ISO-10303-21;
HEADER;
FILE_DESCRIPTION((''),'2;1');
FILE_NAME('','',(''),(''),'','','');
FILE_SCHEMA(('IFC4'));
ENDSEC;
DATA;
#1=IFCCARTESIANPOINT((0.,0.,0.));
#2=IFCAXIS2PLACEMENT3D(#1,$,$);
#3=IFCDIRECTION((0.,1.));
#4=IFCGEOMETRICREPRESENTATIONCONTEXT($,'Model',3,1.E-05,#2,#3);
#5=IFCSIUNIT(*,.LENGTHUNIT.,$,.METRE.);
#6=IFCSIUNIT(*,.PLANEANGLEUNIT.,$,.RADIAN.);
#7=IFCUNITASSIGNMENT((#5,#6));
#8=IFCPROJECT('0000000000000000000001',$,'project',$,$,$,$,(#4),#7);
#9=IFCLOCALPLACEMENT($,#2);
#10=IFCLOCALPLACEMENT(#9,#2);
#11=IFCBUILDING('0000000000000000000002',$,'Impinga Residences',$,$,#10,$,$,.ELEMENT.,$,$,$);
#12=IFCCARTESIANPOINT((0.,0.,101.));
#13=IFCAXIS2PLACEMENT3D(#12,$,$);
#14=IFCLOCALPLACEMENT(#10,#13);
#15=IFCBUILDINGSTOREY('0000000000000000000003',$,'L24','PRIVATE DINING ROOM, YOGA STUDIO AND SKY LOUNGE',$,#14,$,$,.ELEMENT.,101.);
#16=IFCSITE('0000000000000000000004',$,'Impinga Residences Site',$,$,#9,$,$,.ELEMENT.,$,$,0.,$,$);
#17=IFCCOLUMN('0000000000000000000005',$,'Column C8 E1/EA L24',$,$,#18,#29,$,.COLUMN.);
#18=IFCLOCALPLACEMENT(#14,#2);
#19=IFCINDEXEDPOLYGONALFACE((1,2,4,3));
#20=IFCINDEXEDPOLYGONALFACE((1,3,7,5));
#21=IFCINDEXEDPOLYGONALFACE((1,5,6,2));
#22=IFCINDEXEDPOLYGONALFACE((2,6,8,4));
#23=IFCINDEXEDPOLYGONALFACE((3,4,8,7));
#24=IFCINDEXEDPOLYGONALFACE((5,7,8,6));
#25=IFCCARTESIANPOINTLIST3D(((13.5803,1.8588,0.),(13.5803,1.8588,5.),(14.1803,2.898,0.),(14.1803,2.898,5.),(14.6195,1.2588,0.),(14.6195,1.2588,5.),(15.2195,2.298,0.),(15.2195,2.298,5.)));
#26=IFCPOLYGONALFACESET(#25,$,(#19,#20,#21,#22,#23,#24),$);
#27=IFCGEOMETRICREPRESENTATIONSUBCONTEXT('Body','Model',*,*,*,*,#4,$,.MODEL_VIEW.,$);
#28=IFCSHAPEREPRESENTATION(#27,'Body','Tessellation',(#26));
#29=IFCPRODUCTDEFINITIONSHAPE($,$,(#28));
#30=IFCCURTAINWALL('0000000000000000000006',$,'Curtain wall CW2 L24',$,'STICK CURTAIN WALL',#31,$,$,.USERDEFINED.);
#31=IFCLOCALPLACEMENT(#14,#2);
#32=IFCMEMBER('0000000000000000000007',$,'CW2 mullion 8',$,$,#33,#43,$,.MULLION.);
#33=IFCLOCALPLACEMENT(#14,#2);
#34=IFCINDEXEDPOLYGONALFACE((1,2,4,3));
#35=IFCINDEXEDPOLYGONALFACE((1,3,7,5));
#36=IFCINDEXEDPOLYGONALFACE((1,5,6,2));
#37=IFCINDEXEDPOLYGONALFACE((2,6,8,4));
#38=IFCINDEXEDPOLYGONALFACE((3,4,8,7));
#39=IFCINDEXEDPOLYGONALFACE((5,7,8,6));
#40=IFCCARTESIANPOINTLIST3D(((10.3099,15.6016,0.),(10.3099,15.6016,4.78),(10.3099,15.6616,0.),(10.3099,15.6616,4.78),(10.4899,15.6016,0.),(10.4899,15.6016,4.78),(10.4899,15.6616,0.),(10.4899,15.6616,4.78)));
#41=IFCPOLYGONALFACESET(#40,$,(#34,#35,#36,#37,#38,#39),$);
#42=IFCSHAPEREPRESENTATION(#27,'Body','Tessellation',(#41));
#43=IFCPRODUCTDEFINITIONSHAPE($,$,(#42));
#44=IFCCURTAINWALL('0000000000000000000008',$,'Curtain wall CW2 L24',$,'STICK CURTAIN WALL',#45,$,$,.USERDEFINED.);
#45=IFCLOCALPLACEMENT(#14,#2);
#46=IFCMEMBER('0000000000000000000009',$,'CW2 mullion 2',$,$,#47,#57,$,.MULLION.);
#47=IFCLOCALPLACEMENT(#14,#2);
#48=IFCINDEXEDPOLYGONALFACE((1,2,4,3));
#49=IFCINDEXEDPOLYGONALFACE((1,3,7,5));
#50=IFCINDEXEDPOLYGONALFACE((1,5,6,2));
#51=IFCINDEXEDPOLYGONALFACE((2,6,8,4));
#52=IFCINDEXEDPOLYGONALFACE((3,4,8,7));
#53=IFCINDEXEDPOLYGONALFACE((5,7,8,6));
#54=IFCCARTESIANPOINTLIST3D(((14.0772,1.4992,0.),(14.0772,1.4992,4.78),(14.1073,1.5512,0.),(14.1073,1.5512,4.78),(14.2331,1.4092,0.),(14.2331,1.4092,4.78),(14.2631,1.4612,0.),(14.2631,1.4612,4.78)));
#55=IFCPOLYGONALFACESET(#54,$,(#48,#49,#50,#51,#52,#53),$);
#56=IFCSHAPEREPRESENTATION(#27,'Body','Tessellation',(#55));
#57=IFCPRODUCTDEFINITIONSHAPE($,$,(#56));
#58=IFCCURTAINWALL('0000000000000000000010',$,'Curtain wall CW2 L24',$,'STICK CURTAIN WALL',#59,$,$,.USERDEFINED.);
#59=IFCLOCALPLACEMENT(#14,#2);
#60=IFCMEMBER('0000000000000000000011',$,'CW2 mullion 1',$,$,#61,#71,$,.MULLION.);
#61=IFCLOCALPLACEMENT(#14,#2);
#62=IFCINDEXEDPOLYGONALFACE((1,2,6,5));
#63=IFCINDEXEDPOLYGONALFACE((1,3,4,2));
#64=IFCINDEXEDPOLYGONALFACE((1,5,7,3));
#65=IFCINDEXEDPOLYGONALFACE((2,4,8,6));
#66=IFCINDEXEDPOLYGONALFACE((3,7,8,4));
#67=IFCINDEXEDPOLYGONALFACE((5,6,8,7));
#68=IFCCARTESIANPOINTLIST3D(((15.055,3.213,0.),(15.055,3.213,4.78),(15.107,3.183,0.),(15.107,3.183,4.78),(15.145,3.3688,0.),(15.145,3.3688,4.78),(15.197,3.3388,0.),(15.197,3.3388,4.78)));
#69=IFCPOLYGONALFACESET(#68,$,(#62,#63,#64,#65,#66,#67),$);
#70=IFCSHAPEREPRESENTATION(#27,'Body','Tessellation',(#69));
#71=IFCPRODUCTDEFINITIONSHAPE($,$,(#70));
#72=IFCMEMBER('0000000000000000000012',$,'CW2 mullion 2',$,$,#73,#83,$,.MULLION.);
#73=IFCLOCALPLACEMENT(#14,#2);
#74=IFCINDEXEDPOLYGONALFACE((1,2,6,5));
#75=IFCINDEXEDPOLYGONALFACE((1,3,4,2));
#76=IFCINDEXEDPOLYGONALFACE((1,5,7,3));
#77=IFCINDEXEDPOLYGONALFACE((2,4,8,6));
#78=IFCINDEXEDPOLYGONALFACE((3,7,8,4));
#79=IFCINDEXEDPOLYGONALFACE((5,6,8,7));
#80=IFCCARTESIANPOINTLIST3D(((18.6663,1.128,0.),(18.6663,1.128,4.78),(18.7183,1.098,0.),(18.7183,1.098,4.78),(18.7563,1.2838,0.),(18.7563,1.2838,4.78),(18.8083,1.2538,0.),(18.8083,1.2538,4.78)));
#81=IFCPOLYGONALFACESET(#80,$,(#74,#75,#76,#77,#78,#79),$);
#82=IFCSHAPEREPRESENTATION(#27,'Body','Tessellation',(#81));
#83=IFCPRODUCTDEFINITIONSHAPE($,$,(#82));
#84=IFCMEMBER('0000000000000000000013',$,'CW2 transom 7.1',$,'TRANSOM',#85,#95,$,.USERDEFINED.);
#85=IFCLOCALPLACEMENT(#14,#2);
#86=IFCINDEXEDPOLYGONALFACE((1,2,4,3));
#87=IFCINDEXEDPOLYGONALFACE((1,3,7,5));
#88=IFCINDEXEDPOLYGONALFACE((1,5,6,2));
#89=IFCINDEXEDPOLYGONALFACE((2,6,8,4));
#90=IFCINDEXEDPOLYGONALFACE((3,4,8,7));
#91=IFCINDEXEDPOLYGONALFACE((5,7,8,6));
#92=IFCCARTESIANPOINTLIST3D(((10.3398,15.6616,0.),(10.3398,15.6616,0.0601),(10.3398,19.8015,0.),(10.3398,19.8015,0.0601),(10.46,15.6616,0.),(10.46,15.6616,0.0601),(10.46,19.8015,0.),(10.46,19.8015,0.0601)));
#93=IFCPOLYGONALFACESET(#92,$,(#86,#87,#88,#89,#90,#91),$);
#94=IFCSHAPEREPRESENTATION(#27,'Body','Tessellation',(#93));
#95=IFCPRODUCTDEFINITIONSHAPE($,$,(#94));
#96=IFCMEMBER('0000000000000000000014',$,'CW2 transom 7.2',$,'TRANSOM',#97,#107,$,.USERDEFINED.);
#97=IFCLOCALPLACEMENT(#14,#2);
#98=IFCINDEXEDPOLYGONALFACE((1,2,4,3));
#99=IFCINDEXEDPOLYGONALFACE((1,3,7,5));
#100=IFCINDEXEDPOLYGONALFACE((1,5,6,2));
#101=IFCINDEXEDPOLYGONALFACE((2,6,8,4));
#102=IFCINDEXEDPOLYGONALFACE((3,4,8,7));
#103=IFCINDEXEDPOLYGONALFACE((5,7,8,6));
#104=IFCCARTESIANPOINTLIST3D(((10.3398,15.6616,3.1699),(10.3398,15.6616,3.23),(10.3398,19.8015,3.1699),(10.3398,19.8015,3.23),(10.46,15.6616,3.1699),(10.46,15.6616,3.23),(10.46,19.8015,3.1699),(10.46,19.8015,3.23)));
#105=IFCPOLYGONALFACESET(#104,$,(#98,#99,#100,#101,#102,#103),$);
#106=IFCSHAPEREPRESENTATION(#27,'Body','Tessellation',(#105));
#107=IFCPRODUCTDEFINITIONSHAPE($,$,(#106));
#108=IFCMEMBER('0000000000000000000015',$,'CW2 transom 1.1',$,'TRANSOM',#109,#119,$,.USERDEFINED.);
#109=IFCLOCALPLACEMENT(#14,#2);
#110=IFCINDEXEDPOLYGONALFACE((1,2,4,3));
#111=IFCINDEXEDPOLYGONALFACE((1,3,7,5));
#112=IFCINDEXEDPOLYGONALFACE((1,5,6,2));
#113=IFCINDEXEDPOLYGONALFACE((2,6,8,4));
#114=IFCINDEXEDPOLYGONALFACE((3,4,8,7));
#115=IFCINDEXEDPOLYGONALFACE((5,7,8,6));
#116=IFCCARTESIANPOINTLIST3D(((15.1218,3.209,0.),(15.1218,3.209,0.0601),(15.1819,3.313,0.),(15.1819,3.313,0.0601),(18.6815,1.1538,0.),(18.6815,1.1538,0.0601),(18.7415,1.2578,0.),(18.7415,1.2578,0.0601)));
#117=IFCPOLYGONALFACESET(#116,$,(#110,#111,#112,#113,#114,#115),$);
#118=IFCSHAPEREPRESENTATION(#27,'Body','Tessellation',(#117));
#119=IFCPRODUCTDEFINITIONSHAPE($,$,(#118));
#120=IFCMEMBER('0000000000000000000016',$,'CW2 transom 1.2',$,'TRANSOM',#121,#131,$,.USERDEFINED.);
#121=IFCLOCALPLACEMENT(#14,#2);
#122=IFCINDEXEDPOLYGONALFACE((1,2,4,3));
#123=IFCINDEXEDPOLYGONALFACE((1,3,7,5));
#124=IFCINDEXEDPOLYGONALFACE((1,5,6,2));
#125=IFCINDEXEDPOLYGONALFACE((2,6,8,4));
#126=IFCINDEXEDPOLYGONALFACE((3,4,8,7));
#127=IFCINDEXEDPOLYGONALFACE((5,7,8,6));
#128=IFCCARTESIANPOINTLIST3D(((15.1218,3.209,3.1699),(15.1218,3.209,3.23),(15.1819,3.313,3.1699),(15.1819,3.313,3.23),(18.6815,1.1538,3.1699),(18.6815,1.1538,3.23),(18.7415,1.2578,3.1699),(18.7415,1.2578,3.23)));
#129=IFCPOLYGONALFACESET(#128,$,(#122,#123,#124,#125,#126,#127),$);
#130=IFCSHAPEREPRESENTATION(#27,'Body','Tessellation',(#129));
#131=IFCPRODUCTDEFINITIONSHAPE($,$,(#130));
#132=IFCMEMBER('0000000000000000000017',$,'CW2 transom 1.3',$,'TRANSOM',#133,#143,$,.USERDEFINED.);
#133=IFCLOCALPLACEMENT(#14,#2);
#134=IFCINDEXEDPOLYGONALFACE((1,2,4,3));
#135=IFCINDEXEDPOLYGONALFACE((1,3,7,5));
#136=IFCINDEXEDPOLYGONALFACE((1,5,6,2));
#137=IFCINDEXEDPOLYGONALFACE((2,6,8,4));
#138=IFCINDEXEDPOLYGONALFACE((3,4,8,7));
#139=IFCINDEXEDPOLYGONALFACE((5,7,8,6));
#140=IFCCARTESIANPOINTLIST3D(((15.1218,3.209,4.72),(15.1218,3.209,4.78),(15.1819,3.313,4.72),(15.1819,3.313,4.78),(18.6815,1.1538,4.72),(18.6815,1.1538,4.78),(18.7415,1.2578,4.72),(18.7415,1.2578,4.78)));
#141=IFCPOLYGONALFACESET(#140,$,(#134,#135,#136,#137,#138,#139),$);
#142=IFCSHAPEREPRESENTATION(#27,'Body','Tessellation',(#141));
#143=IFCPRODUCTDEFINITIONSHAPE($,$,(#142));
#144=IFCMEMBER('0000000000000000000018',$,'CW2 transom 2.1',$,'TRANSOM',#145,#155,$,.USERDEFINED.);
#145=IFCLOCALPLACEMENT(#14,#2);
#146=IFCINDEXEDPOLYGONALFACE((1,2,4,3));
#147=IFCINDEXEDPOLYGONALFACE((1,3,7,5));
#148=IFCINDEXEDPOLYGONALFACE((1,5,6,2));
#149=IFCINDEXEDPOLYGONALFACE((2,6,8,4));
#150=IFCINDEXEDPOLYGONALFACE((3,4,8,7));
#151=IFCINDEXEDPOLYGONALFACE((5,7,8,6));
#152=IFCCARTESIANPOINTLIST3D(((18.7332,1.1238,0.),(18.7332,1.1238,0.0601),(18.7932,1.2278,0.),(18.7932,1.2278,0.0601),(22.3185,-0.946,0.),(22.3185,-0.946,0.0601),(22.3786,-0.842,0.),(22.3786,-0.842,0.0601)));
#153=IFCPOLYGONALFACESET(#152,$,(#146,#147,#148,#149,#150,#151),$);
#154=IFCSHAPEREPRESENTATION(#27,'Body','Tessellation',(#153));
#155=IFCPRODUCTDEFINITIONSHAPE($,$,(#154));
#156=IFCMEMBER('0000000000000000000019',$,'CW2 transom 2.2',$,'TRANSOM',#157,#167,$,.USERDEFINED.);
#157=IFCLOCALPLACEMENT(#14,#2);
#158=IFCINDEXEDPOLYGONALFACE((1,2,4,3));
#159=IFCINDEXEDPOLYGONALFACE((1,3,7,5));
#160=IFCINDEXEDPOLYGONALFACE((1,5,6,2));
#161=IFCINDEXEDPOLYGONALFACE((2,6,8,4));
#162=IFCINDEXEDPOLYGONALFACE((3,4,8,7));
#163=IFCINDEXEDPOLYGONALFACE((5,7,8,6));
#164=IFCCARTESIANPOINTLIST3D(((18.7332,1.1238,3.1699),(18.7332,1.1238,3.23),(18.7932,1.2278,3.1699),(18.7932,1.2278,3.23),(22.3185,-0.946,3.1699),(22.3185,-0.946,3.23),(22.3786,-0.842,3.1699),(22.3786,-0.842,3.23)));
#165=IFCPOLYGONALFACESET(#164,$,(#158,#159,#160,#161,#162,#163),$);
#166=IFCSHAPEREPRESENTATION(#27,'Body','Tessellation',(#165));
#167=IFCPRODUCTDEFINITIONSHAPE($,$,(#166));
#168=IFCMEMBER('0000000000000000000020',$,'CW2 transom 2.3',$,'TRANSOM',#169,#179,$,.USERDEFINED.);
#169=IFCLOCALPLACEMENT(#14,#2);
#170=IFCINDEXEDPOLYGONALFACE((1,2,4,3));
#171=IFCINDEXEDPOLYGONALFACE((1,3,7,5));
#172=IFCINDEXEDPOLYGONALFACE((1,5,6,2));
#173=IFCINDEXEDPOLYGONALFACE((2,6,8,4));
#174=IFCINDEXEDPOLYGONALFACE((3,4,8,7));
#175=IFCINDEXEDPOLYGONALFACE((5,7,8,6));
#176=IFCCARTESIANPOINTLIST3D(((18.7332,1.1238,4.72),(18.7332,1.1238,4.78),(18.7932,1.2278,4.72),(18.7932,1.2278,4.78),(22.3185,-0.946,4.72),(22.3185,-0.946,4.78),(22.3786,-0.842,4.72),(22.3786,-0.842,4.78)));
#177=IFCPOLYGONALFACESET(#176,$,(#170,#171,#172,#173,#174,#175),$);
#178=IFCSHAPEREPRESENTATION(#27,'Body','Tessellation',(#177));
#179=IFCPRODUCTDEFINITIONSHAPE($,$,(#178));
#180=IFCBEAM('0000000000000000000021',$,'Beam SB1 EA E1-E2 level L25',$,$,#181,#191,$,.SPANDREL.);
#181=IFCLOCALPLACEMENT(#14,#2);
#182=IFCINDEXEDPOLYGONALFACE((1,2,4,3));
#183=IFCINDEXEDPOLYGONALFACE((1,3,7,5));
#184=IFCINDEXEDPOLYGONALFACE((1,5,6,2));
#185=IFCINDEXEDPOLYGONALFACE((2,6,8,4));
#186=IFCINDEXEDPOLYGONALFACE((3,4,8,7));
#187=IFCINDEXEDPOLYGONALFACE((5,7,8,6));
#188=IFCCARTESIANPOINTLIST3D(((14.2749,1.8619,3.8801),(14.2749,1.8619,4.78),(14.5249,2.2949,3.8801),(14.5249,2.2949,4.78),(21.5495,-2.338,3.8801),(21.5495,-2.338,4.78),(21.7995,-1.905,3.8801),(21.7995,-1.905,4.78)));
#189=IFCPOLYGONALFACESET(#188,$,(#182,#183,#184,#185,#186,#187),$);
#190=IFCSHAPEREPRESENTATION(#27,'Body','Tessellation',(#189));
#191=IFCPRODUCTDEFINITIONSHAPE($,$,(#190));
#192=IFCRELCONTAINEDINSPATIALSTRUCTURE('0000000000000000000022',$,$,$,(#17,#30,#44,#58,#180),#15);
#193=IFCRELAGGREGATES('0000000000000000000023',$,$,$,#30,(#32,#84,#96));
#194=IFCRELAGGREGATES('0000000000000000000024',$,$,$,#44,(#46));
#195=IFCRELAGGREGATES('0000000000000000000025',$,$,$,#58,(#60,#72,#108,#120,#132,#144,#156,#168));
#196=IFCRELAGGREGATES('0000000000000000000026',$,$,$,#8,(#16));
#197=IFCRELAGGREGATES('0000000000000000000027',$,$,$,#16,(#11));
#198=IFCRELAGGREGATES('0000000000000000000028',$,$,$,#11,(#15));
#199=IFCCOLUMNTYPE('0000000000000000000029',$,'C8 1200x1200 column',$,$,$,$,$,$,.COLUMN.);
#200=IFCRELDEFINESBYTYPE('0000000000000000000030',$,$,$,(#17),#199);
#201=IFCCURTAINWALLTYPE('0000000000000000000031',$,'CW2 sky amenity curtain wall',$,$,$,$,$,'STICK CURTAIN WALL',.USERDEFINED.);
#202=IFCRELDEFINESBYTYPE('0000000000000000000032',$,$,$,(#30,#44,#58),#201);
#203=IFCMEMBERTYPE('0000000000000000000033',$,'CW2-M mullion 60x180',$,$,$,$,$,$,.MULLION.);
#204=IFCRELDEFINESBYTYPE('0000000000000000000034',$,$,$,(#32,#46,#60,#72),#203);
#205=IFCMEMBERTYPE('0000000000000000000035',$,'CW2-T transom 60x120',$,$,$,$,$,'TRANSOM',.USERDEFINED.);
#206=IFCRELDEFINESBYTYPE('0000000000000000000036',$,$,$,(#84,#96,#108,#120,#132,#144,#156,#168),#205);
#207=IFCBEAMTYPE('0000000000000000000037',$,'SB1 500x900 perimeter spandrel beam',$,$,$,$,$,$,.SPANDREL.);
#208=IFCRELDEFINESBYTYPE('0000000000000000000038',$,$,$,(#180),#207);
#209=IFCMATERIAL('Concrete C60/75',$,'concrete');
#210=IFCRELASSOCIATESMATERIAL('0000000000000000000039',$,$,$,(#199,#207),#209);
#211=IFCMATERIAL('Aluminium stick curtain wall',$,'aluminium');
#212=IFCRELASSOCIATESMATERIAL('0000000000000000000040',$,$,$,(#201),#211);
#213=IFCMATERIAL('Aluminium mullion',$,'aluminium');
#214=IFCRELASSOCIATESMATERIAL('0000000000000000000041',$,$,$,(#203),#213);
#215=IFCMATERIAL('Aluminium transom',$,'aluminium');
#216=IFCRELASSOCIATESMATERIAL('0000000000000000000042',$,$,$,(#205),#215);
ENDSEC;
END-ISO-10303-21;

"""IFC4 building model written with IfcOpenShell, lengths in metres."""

from ifc_helpers import new_model, si_unit, direction, frame, origin, origin_2d, place, context, subcontext, project, spatial, rectangle, extrude, material, material_profile, profile_set, type_object, element, aggregate, save


model = new_model("IFC4")

# Units and contexts
model_context = context("Model", 3, precision=1e-05, world=origin(), true_north=direction((0.0, 1.0)))
body_context = subcontext(model_context, "Body", "Model", "MODEL_VIEW")
ifc_project = project(units=[si_unit("LENGTHUNIT", "METRE"), si_unit("PLANEANGLEUNIT", "RADIAN")], contexts=[model_context])

# Site, building, storey
site_placement = place(None, origin())
site = spatial("IfcSite", under=ifc_project, at=site_placement, Name="Impinga Residences Site", CompositionType="ELEMENT", RefElevation=0.0)
building_placement = place(site_placement, origin())
building = spatial("IfcBuilding", under=site, at=building_placement, Name="Impinga Residences", CompositionType="ELEMENT")
storey_placement = place(building_placement, frame((0.0, 0.0, 101.0)))
storey = spatial("IfcBuildingStorey", under=building, at=storey_placement, Name="L24", Description="PRIVATE DINING ROOM, YOGA STUDIO AND SKY LOUNGE", CompositionType="ELEMENT", Elevation=101.0)

# Column
ifc_material_1 = material(Name="Concrete C60/75", Category="concrete")
ifc_material_profile_1 = material_profile(ifc_material_1, rectangle(XDim=1.2, YDim=1.2, at=origin_2d()), Name="RC 1200x1200")
ifc_profile_set_1 = profile_set([ifc_material_profile_1], Name="Concrete C60/75")
column_type = type_object("IfcColumnType", Name="C8 1200x1200 column", PredefinedType="COLUMN", material=ifc_profile_set_1)
column_placement = place(storey_placement, frame((14.3999, 2.0784, 0.0), z_axis=(0.0, 0.0, 1.0), x_axis=(-0.5, -0.866025, 0.0)))
element("IfcColumn", 1, at=column_placement, inside=storey, type_object=column_type, Name="Column C8 E1/EA L24", PredefinedType="COLUMN", context=body_context, shape_type="SweptSolid", body=[
    extrude(rectangle(XDim=1.2, YDim=1.2, at=origin_2d()), origin(), (0.0, 0.0, 1.0), 5.0),
])

# Curtain walls, members
ifc_material_2 = material(Name="Aluminium stick curtain wall", Category="aluminium")
curtain_wall_type = type_object("IfcCurtainWallType", Name="CW2 sky amenity curtain wall", ElementType="STICK CURTAIN WALL", PredefinedType="USERDEFINED", material=ifc_material_2)
curtain_wall_1_placement = place(storey_placement, origin())
curtain_wall_1 = element("IfcCurtainWall", 2, at=curtain_wall_1_placement, inside=storey, type_object=curtain_wall_type, Name="Curtain wall CW2 L24", ObjectType="STICK CURTAIN WALL", PredefinedType="USERDEFINED")
ifc_material_3 = material(Name="Aluminium mullion", Category="aluminium")
ifc_material_profile_2 = material_profile(ifc_material_3, rectangle(XDim=0.0601, YDim=0.1799, at=origin_2d()), Name="60x180 mullion")
ifc_profile_set_2 = profile_set([ifc_material_profile_2], Name="Aluminium mullion")
member_type_1 = type_object("IfcMemberType", Name="CW2-M mullion 60x180", PredefinedType="MULLION", material=ifc_profile_set_2)
member_1_placement = place(storey_placement, frame((10.3999, 15.6316, 0.0), z_axis=(0.0, 0.0, 1.0), x_axis=(0.0, -1.0, 0.0)))
member_1 = element("IfcMember", 3, at=member_1_placement, type_object=member_type_1, Name="CW2 mullion 8", PredefinedType="MULLION", context=body_context, shape_type="SweptSolid", body=[
    extrude(rectangle(XDim=0.0601, YDim=0.1799, at=origin_2d()), origin(), (0.0, 0.0, 1.0), 4.78),
])
curtain_wall_2_placement = place(storey_placement, origin())
curtain_wall_2 = element("IfcCurtainWall", 4, at=curtain_wall_2_placement, inside=storey, type_object=curtain_wall_type, Name="Curtain wall CW2 L24", ObjectType="STICK CURTAIN WALL", PredefinedType="USERDEFINED")
member_2_placement = place(storey_placement, frame((14.1702, 1.4802, 0.0), z_axis=(0.0, 0.0, 1.0), x_axis=(0.5, 0.866025, 0.0)))
member_2 = element("IfcMember", 5, at=member_2_placement, type_object=member_type_1, Name="CW2 mullion 2", PredefinedType="MULLION", context=body_context, shape_type="SweptSolid", body=[
    extrude(rectangle(XDim=0.0601, YDim=0.1799, at=origin_2d()), origin(), (0.0, 0.0, 1.0), 4.78),
])

# Curtain wall, members
curtain_wall_3_placement = place(storey_placement, origin())
curtain_wall_3 = element("IfcCurtainWall", 6, at=curtain_wall_3_placement, inside=storey, type_object=curtain_wall_type, Name="Curtain wall CW2 L24", ObjectType="STICK CURTAIN WALL", PredefinedType="USERDEFINED")
member_3_placement = place(storey_placement, frame((15.126, 3.2759, 0.0), z_axis=(0.0, 0.0, 1.0), x_axis=(0.866025, -0.5, 0.0)))
member_3 = element("IfcMember", 7, at=member_3_placement, type_object=member_type_1, Name="CW2 mullion 1", PredefinedType="MULLION", context=body_context, shape_type="SweptSolid", body=[
    extrude(rectangle(XDim=0.0601, YDim=0.1799, at=origin_2d()), origin(), (0.0, 0.0, 1.0), 4.78),
])
member_4_placement = place(storey_placement, frame((18.7373, 1.1909, 0.0), z_axis=(0.0, 0.0, 1.0), x_axis=(0.866025, -0.5, 0.0)))
member_4 = element("IfcMember", 8, at=member_4_placement, type_object=member_type_1, Name="CW2 mullion 2", PredefinedType="MULLION", context=body_context, shape_type="SweptSolid", body=[
    extrude(rectangle(XDim=0.0601, YDim=0.1799, at=origin_2d()), origin(), (0.0, 0.0, 1.0), 4.78),
])

# Members
ifc_material_4 = material(Name="Aluminium transom", Category="aluminium")
ifc_material_profile_3 = material_profile(ifc_material_4, rectangle(XDim=0.0601, YDim=0.1201, at=origin_2d()), Name="60x120 transom")
ifc_profile_set_3 = profile_set([ifc_material_profile_3], Name="Aluminium transom")
member_type_2 = type_object("IfcMemberType", Name="CW2-T transom 60x120", ElementType="TRANSOM", PredefinedType="USERDEFINED", material=ifc_profile_set_3)
member_5_placement = place(storey_placement, frame((10.3999, 19.8015, 0.03), z_axis=(0.0, -1.0, 0.0), x_axis=(0.0, 0.0, 1.0)))
member_5 = element("IfcMember", 9, at=member_5_placement, type_object=member_type_2, Name="CW2 transom 7.1", ObjectType="TRANSOM", PredefinedType="USERDEFINED", context=body_context, shape_type="SweptSolid", body=[
    extrude(rectangle(XDim=0.0601, YDim=0.1201, at=origin_2d()), origin(), (0.0, 0.0, 1.0), 4.1399),
])
member_6_placement = place(storey_placement, frame((10.3999, 19.8015, 3.2), z_axis=(0.0, -1.0, 0.0), x_axis=(0.0, 0.0, 1.0)))
member_6 = element("IfcMember", 10, at=member_6_placement, type_object=member_type_2, Name="CW2 transom 7.2", ObjectType="TRANSOM", PredefinedType="USERDEFINED", context=body_context, shape_type="SweptSolid", body=[
    extrude(rectangle(XDim=0.0601, YDim=0.1201, at=origin_2d()), origin(), (0.0, 0.0, 1.0), 4.1399),
])
member_7_placement = place(storey_placement, frame((15.1519, 3.261, 0.03), z_axis=(0.866019, -0.50001, 0.0), x_axis=(0.0, 0.0, 1.0)))
member_7 = element("IfcMember", 11, at=member_7_placement, type_object=member_type_2, Name="CW2 transom 1.1", ObjectType="TRANSOM", PredefinedType="USERDEFINED", context=body_context, shape_type="SweptSolid", body=[
    extrude(rectangle(XDim=0.0601, YDim=0.1201, at=origin_2d()), origin(), (0.0, 0.0, 1.0), 4.1104),
])
member_8_placement = place(storey_placement, frame((15.1519, 3.261, 3.2), z_axis=(0.866019, -0.50001, 0.0), x_axis=(0.0, 0.0, 1.0)))
member_8 = element("IfcMember", 12, at=member_8_placement, type_object=member_type_2, Name="CW2 transom 1.2", ObjectType="TRANSOM", PredefinedType="USERDEFINED", context=body_context, shape_type="SweptSolid", body=[
    extrude(rectangle(XDim=0.0601, YDim=0.1201, at=origin_2d()), origin(), (0.0, 0.0, 1.0), 4.1104),
])
member_9_placement = place(storey_placement, frame((15.1519, 3.261, 4.75), z_axis=(0.866019, -0.50001, 0.0), x_axis=(0.0, 0.0, 1.0)))
member_9 = element("IfcMember", 13, at=member_9_placement, type_object=member_type_2, Name="CW2 transom 1.3", ObjectType="TRANSOM", PredefinedType="USERDEFINED", context=body_context, shape_type="SweptSolid", body=[
    extrude(rectangle(XDim=0.0601, YDim=0.1201, at=origin_2d()), origin(), (0.0, 0.0, 1.0), 4.1104),
])
member_10_placement = place(storey_placement, frame((18.7632, 1.1758, 0.03), z_axis=(0.86605, -0.499957, 0.0), x_axis=(0.0, 0.0, 1.0)))
member_10 = element("IfcMember", 14, at=member_10_placement, type_object=member_type_2, Name="CW2 transom 2.1", ObjectType="TRANSOM", PredefinedType="USERDEFINED", context=body_context, shape_type="SweptSolid", body=[
    extrude(rectangle(XDim=0.0601, YDim=0.1201, at=origin_2d()), origin(), (0.0, 0.0, 1.0), 4.1399),
])
member_11_placement = place(storey_placement, frame((18.7632, 1.1758, 3.2), z_axis=(0.86605, -0.499957, 0.0), x_axis=(0.0, 0.0, 1.0)))
member_11 = element("IfcMember", 15, at=member_11_placement, type_object=member_type_2, Name="CW2 transom 2.2", ObjectType="TRANSOM", PredefinedType="USERDEFINED", context=body_context, shape_type="SweptSolid", body=[
    extrude(rectangle(XDim=0.0601, YDim=0.1201, at=origin_2d()), origin(), (0.0, 0.0, 1.0), 4.1399),
])
member_12_placement = place(storey_placement, frame((18.7632, 1.1758, 4.75), z_axis=(0.86605, -0.499957, 0.0), x_axis=(0.0, 0.0, 1.0)))
member_12 = element("IfcMember", 16, at=member_12_placement, type_object=member_type_2, Name="CW2 transom 2.3", ObjectType="TRANSOM", PredefinedType="USERDEFINED", context=body_context, shape_type="SweptSolid", body=[
    extrude(rectangle(XDim=0.0601, YDim=0.1201, at=origin_2d()), origin(), (0.0, 0.0, 1.0), 4.1399),
])

# Beam
ifc_material_profile_4 = material_profile(ifc_material_1, rectangle(XDim=0.5, YDim=0.8999, at=origin_2d()), Name="RC 500x900")
ifc_profile_set_4 = profile_set([ifc_material_profile_4], Name="Concrete C60/75")
beam_type = type_object("IfcBeamType", Name="SB1 500x900 perimeter spandrel beam", PredefinedType="SPANDREL", material=ifc_profile_set_4)
beam_placement = place(storey_placement, frame((14.3999, 2.0784, 4.3301), z_axis=(0.866029, -0.499993, 0.0), x_axis=(0.499993, 0.866029, 0.0)))
element("IfcBeam", 17, at=beam_placement, inside=storey, type_object=beam_type, Name="Beam SB1 EA E1-E2 level L25", PredefinedType="SPANDREL", context=body_context, shape_type="SweptSolid", body=[
    extrude(rectangle(XDim=0.5, YDim=0.8999, at=origin_2d()), origin(), (0.0, 0.0, 1.0), 8.3999),
])

aggregate(curtain_wall_1, [member_1, member_5, member_6])
aggregate(curtain_wall_2, [member_2])
aggregate(curtain_wall_3, [member_3, member_4, member_7, member_8, member_9, member_10, member_11, member_12])

save(model, "model.ifc")
